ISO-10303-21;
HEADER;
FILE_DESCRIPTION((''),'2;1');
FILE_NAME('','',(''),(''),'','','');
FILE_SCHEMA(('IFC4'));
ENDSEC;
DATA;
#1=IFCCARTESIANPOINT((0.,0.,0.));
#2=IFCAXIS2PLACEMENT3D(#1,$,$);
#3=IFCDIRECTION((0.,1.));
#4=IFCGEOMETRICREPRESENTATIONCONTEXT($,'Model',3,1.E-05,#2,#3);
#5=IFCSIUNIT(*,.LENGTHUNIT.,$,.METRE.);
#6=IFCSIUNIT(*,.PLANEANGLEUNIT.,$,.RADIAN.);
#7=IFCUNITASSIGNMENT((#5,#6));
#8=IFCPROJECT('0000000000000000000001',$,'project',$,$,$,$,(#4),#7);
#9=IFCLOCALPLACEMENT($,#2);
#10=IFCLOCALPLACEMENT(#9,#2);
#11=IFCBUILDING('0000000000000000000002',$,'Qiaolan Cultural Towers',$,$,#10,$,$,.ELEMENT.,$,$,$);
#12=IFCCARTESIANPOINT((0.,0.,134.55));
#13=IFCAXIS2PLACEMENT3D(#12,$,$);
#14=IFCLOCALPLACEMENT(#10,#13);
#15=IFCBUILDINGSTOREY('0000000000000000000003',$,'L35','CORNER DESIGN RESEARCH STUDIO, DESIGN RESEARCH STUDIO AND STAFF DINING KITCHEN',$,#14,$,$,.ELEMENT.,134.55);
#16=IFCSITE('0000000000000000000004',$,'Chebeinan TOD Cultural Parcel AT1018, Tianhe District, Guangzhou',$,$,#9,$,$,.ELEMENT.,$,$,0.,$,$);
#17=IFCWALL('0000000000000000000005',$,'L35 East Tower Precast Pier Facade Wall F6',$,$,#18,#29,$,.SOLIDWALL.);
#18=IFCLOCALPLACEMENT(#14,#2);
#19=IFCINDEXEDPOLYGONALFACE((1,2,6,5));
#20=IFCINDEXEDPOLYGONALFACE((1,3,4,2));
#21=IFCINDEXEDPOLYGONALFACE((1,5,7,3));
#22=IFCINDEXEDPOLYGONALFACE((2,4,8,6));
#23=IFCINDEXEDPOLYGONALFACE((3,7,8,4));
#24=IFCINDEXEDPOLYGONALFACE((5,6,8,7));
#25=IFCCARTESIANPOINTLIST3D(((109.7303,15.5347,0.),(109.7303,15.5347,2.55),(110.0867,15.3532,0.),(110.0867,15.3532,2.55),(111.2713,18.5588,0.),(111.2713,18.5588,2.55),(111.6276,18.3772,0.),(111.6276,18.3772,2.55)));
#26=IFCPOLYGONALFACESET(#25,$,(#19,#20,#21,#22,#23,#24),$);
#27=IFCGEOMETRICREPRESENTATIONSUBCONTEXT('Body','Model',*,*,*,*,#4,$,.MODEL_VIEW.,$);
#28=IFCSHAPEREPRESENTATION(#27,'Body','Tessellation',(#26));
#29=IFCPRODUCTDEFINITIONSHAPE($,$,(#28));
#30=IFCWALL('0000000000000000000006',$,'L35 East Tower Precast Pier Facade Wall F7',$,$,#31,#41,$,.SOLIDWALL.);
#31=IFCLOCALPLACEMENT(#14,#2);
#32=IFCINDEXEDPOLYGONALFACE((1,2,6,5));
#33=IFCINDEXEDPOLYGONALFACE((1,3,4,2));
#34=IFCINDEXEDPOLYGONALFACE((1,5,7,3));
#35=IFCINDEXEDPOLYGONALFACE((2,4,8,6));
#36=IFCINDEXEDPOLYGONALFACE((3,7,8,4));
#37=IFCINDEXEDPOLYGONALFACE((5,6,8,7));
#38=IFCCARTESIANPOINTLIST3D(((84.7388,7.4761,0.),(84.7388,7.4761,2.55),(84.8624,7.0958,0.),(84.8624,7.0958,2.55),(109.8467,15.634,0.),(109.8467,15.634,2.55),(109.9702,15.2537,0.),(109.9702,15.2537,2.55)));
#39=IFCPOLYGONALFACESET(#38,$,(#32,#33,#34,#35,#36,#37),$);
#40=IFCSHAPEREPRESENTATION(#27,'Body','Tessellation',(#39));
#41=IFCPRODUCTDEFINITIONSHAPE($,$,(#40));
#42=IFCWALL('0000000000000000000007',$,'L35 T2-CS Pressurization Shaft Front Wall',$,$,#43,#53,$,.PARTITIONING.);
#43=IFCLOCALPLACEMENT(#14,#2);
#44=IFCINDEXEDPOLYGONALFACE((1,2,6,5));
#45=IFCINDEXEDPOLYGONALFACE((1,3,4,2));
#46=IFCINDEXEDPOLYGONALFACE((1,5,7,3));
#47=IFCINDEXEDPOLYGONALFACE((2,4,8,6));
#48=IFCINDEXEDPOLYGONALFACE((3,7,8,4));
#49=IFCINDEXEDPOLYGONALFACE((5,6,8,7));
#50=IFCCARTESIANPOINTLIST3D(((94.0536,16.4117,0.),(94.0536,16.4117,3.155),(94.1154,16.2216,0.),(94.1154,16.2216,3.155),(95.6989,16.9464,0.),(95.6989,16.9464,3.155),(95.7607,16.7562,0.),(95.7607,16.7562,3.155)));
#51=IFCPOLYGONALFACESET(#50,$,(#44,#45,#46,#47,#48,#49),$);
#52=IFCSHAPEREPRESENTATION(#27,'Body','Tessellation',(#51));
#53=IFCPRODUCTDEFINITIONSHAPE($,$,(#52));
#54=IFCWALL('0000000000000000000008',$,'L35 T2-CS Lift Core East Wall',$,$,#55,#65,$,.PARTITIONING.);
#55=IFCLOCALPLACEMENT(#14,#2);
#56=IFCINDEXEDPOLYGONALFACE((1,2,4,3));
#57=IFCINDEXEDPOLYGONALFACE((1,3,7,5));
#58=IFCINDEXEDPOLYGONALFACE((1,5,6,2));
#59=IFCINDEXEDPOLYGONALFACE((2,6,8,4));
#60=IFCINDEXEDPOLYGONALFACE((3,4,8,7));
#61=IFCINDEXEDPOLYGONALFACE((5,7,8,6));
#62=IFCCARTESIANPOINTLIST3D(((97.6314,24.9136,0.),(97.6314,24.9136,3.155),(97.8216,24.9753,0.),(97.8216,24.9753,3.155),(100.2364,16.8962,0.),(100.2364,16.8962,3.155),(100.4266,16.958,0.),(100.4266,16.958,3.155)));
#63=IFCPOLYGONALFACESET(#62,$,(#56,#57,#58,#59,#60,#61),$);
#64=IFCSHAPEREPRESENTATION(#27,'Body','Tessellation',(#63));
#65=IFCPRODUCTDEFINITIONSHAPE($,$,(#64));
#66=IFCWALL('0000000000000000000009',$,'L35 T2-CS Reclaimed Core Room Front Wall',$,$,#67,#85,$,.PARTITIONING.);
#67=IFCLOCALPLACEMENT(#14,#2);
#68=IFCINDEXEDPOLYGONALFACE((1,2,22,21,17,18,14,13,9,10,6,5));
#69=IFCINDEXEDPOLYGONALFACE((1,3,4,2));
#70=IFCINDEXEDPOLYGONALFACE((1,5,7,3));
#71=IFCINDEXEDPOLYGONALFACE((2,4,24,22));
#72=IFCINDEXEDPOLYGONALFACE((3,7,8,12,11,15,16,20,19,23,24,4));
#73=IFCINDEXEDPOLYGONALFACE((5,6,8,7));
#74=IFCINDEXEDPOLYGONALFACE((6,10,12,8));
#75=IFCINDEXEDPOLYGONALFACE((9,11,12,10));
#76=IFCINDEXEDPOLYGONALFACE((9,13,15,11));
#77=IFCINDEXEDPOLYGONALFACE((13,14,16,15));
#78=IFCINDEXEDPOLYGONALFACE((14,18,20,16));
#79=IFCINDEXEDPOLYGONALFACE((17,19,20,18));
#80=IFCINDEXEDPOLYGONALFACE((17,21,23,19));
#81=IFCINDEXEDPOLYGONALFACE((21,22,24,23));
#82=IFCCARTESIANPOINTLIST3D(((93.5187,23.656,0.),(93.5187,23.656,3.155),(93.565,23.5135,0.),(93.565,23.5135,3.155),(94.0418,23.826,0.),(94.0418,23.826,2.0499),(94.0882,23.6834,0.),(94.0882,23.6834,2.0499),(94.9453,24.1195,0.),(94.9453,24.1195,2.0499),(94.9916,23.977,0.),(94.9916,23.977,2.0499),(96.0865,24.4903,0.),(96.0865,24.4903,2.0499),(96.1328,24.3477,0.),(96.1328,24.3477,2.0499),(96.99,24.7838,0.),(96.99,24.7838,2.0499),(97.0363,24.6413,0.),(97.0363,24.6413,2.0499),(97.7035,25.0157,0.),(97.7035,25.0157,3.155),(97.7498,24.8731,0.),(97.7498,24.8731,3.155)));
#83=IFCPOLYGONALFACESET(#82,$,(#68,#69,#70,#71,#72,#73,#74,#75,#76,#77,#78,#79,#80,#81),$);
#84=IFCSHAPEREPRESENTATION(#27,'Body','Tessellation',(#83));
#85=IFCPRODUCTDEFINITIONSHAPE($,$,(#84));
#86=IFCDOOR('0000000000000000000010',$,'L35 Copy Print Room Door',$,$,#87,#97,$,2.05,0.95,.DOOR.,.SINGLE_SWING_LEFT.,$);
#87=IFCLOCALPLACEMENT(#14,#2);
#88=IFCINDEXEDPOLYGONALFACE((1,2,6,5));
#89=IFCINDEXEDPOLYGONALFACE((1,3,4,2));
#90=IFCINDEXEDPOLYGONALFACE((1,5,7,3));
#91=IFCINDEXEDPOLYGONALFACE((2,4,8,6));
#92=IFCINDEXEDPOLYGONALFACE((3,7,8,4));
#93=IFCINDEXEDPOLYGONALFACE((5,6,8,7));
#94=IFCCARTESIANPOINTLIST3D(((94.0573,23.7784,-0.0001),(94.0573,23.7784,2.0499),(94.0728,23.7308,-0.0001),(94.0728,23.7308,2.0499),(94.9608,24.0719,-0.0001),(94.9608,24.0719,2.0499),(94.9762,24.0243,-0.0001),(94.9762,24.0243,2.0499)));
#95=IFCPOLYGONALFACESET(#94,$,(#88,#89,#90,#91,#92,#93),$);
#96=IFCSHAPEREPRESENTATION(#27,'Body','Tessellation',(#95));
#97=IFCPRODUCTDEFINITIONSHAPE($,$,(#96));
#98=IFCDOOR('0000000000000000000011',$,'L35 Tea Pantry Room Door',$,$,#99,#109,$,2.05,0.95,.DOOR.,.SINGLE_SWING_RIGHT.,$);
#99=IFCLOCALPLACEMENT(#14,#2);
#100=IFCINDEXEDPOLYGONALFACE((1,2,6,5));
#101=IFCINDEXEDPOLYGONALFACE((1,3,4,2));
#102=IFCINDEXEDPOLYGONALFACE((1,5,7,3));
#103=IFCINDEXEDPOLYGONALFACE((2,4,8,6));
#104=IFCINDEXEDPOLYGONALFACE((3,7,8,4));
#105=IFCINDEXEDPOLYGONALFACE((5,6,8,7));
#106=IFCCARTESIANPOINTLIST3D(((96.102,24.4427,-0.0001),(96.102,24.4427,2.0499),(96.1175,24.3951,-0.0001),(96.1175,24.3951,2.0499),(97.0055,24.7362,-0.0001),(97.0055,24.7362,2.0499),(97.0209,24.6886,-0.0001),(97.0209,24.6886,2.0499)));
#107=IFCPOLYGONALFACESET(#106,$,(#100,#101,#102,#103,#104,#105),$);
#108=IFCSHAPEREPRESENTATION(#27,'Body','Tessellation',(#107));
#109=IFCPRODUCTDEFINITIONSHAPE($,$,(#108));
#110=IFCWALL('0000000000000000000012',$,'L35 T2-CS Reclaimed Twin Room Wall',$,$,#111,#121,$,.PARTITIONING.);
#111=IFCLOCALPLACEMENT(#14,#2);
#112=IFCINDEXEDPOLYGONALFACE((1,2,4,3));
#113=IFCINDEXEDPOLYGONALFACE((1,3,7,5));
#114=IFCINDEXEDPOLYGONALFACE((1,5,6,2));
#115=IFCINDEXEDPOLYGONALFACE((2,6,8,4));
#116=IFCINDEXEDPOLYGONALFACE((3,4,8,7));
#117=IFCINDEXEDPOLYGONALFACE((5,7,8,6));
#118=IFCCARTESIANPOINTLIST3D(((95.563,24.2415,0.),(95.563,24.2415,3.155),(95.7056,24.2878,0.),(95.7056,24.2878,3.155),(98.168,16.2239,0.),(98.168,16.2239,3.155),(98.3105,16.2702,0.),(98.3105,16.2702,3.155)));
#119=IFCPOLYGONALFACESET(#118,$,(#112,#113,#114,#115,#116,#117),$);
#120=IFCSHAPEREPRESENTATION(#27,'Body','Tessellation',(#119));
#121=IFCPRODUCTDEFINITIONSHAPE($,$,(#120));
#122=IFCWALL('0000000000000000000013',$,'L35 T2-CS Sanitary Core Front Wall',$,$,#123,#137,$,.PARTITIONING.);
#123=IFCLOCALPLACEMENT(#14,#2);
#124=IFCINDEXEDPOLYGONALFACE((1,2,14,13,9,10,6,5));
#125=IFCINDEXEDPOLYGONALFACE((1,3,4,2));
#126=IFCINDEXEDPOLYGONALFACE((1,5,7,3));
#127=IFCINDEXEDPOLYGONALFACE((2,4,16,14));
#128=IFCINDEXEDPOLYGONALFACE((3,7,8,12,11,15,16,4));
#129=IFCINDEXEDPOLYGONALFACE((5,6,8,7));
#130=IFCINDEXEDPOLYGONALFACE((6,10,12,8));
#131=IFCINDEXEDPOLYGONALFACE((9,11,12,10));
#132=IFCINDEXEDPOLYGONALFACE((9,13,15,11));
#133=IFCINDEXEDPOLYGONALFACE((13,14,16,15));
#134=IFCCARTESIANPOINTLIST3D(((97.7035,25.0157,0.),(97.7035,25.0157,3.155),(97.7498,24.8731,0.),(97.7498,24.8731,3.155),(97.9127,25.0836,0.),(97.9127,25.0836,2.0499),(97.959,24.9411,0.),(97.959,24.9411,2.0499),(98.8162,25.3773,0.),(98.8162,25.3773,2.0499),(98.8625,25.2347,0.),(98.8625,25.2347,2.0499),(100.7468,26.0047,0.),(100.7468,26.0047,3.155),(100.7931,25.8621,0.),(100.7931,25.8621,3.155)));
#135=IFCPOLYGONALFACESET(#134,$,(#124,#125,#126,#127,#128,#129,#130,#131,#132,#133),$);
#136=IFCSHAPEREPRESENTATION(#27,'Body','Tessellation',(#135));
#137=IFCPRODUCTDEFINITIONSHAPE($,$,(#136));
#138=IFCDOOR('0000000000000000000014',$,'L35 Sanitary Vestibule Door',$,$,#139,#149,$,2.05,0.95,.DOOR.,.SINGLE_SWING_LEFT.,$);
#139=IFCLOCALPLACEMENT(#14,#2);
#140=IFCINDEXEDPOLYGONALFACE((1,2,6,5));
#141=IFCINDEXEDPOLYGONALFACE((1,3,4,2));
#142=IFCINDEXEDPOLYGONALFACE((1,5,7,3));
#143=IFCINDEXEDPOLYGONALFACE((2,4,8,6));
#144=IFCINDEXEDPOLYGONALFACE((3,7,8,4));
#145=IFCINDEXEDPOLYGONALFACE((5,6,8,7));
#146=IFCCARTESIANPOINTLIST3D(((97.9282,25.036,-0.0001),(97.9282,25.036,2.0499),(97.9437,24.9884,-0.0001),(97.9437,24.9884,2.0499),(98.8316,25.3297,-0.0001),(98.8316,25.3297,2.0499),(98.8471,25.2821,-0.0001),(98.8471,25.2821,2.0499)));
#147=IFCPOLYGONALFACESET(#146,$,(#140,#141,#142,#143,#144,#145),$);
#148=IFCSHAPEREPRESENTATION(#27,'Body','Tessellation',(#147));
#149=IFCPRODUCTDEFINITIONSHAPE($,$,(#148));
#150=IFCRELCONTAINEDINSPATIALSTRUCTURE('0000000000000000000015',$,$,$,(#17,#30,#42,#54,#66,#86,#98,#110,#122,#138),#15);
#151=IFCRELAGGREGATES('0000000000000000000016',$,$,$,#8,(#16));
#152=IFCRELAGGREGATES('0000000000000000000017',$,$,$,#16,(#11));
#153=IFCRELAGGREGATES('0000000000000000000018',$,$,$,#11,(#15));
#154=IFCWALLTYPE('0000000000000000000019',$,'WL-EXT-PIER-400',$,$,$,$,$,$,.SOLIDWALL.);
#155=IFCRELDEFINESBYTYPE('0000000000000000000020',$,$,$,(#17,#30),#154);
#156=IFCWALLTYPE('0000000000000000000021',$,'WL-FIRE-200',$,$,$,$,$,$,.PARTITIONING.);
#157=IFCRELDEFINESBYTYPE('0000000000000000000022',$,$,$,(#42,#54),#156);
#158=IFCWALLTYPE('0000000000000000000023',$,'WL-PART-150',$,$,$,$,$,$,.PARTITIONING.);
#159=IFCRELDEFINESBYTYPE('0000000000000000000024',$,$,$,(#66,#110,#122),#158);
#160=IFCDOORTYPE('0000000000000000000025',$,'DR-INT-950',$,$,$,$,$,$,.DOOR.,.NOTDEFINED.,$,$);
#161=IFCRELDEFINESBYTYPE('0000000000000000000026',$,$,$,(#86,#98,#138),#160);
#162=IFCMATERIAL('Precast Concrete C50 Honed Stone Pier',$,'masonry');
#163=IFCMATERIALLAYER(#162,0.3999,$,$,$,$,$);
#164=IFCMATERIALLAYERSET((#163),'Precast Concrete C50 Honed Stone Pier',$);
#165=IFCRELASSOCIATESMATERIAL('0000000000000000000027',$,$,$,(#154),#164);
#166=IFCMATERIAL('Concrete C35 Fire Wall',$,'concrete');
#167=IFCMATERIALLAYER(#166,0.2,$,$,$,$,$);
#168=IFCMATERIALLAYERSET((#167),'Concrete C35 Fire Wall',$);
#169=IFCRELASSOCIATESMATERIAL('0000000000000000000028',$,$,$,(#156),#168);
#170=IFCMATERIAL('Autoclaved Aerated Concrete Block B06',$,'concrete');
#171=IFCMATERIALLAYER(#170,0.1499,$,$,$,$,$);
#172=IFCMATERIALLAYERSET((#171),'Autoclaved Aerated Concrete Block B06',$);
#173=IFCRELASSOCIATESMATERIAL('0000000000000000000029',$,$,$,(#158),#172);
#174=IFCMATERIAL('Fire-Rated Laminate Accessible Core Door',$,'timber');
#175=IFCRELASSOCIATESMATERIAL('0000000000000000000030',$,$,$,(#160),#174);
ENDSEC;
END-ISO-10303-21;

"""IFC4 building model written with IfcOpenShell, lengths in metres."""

from ifc_helpers import new_model, si_unit, direction, frame, frame_2d, origin, place, context, subcontext, project, spatial, rectangle, extrude, material, layer, layer_set, type_object, element, fill, save


model = new_model("IFC4")

# Units and contexts
model_context = context("Model", 3, precision=1e-05, world=origin(), true_north=direction((0.0, 1.0)))
body_context = subcontext(model_context, "Body", "Model", "MODEL_VIEW")
ifc_project = project(units=[si_unit("LENGTHUNIT", "METRE"), si_unit("PLANEANGLEUNIT", "RADIAN")], contexts=[model_context])

# Site, building, storey
site_placement = place(None, origin())
site = spatial("IfcSite", under=ifc_project, at=site_placement, Name="Chebeinan TOD Cultural Parcel AT1018, Tianhe District, Guangzhou", CompositionType="ELEMENT", RefElevation=0.0)
building_placement = place(site_placement, origin())
building = spatial("IfcBuilding", under=site, at=building_placement, Name="Qiaolan Cultural Towers", CompositionType="ELEMENT")
storey_placement = place(building_placement, frame((0.0, 0.0, 134.55)))
storey = spatial("IfcBuildingStorey", under=building, at=storey_placement, Name="L35", Description="CORNER DESIGN RESEARCH STUDIO, DESIGN RESEARCH STUDIO AND STAFF DINING KITCHEN", CompositionType="ELEMENT", Elevation=134.55)

# Walls
ifc_material_1 = material(Name="Precast Concrete C50 Honed Stone Pier", Category="masonry")
ifc_layer_1 = layer(ifc_material_1, 0.3999)
ifc_layer_set_1 = layer_set([ifc_layer_1], Name="Precast Concrete C50 Honed Stone Pier")
wall_type_1 = type_object("IfcWallType", Name="WL-EXT-PIER-400", PredefinedType="SOLIDWALL", material=ifc_layer_set_1)
wall_1_placement = place(storey_placement, frame((111.4495, 18.468, 0.0), z_axis=(0.0, 0.0, 1.0), x_axis=(-0.45402, -0.890992, 0.0)))
element("IfcWall", 1, at=wall_1_placement, inside=storey, type_object=wall_type_1, Name="L35 East Tower Precast Pier Facade Wall F6", PredefinedType="SOLIDWALL", context=body_context, shape_type="SweptSolid", body=[
    extrude(rectangle(XDim=3.394, YDim=0.3999, at=frame_2d((1.697, 0.0))), origin(), (0.0, 0.0, 1.0), 2.55),
])
wall_2_placement = place(storey_placement, frame((109.9084, 15.4438, 0.0), z_axis=(0.0, 0.0, 1.0), x_axis=(-0.951058, -0.309014, 0.0)))
element("IfcWall", 2, at=wall_2_placement, inside=storey, type_object=wall_type_1, Name="L35 East Tower Precast Pier Facade Wall F7", PredefinedType="SOLIDWALL", context=body_context, shape_type="SweptSolid", body=[
    extrude(rectangle(XDim=26.3999, YDim=0.3999, at=frame_2d((13.2, 0.0))), origin(), (0.0, 0.0, 1.0), 2.55),
])
ifc_material_2 = material(Name="Concrete C35 Fire Wall", Category="concrete")
ifc_layer_2 = layer(ifc_material_2, 0.2)
ifc_layer_set_2 = layer_set([ifc_layer_2], Name="Concrete C35 Fire Wall")
wall_type_2 = type_object("IfcWallType", Name="WL-FIRE-200", PredefinedType="PARTITIONING", material=ifc_layer_set_2)
wall_3_placement = place(storey_placement, frame((94.0845, 16.3167, 0.0), z_axis=(0.0, 0.0, 1.0), x_axis=(0.951041, 0.309064, 0.0)))
element("IfcWall", 3, at=wall_3_placement, inside=storey, type_object=wall_type_2, Name="L35 T2-CS Pressurization Shaft Front Wall", PredefinedType="PARTITIONING", context=body_context, shape_type="SweptSolid", body=[
    extrude(rectangle(XDim=1.73, YDim=0.2, at=frame_2d((0.865, 0.0))), origin(), (0.0, 0.0, 1.0), 3.155),
])
wall_4_placement = place(storey_placement, frame((97.7266, 24.9443, 0.0), z_axis=(0.0, 0.0, 1.0), x_axis=(0.309016, -0.951057, 0.0)))
element("IfcWall", 4, at=wall_4_placement, inside=storey, type_object=wall_type_2, Name="L35 T2-CS Lift Core East Wall", PredefinedType="PARTITIONING", context=body_context, shape_type="SweptSolid", body=[
    extrude(rectangle(XDim=8.4299, YDim=0.2, at=frame_2d((4.2148, 0.0))), origin(), (0.0, 0.0, 1.0), 3.155),
])

# Wall, openings, doors
ifc_material_3 = material(Name="Autoclaved Aerated Concrete Block B06", Category="concrete")
ifc_layer_3 = layer(ifc_material_3, 0.1499)
ifc_layer_set_3 = layer_set([ifc_layer_3], Name="Autoclaved Aerated Concrete Block B06")
wall_type_3 = type_object("IfcWallType", Name="WL-PART-150", PredefinedType="PARTITIONING", material=ifc_layer_set_3)
wall_5_placement = place(storey_placement, frame((93.5417, 23.5847, 0.0), z_axis=(0.0, 0.0, 1.0), x_axis=(0.951064, 0.308994, 0.0)))
wall_5 = element("IfcWall", 5, at=wall_5_placement, inside=storey, type_object=wall_type_3, Name="L35 T2-CS Reclaimed Core Room Front Wall", PredefinedType="PARTITIONING", context=body_context, shape_type="SweptSolid", body=[
    extrude(rectangle(XDim=4.4001, YDim=0.1499, at=frame_2d((2.2002, 0.0))), origin(), (0.0, 0.0, 1.0), 3.155),
])
opening_1_placement = place(wall_5_placement, frame((0.55, 0.0, 0.0)))
opening_1 = element("IfcOpeningElement", 6, at=opening_1_placement, cuts=wall_5, PredefinedType="OPENING", context=body_context, shape_type="SweptSolid", body=[
    extrude(rectangle(XDim=0.95, YDim=2.05, at=frame_2d((0.4751, 1.0249))), frame((0.0, 0.085, 0.0), z_axis=(0.0, -1.0, 0.0), x_axis=(1.0, 0.0, 0.0)), (0.0, 0.0, 1.0), 0.1699),
])
opening_2_placement = place(wall_5_placement, frame((2.7, 0.0, 0.0)))
opening_2 = element("IfcOpeningElement", 7, at=opening_2_placement, cuts=wall_5, PredefinedType="OPENING", context=body_context, shape_type="SweptSolid", body=[
    extrude(rectangle(XDim=0.95, YDim=2.05, at=frame_2d((0.4751, 1.0249))), frame((0.0, 0.085, 0.0), z_axis=(0.0, -1.0, 0.0), x_axis=(1.0, 0.0, 0.0)), (0.0, 0.0, 1.0), 0.1699),
])
ifc_material_4 = material(Name="Fire-Rated Laminate Accessible Core Door", Category="timber")
door_type_1 = type_object("IfcDoorType", Name="DR-INT-950", OperationType="NOTDEFINED", PredefinedType="DOOR", material=ifc_material_4)
door_1_placement = place(opening_1_placement, origin())
door_1 = element("IfcDoor", 8, at=door_1_placement, inside=storey, type_object=door_type_1, Name="L35 Copy Print Room Door", OperationType="SINGLE_SWING_LEFT", OverallHeight=2.05, OverallWidth=0.95, PredefinedType="DOOR", context=body_context, shape_type="SweptSolid", body=[
    extrude(rectangle(XDim=0.95, YDim=2.05, at=frame_2d((0.4751, 1.0249))), frame((0.0, 0.0249, 0.0), z_axis=(0.0, -1.0, 0.0), x_axis=(1.0, 0.0, 0.0)), (0.0, 0.0, 1.0), 0.05),
])
fill(opening_1, door_1)
door_2_placement = place(opening_2_placement, origin())
door_2 = element("IfcDoor", 9, at=door_2_placement, inside=storey, type_object=door_type_1, Name="L35 Tea Pantry Room Door", OperationType="SINGLE_SWING_RIGHT", OverallHeight=2.05, OverallWidth=0.95, PredefinedType="DOOR", context=body_context, shape_type="SweptSolid", body=[
    extrude(rectangle(XDim=0.95, YDim=2.05, at=frame_2d((0.4751, 1.0249))), frame((0.0, 0.0249, 0.0), z_axis=(0.0, -1.0, 0.0), x_axis=(1.0, 0.0, 0.0)), (0.0, 0.0, 1.0), 0.05),
])
fill(opening_2, door_2)

# Wall
wall_6_placement = place(storey_placement, frame((95.6343, 24.2646, 0.0), z_axis=(0.0, 0.0, 1.0), x_axis=(0.309007, -0.95106, 0.0)))
element("IfcWall", 10, at=wall_6_placement, inside=storey, type_object=wall_type_3, Name="L35 T2-CS Reclaimed Twin Room Wall", PredefinedType="PARTITIONING", context=body_context, shape_type="SweptSolid", body=[
    extrude(rectangle(XDim=8.4302, YDim=0.1499, at=frame_2d((4.2151, 0.0))), origin(), (0.0, 0.0, 1.0), 3.155),
])

# Wall, opening, door
wall_7_placement = place(storey_placement, frame((97.7266, 24.9443, 0.0), z_axis=(0.0, 0.0, 1.0), x_axis=(0.951037, 0.309077, 0.0)))
wall_7 = element("IfcWall", 11, at=wall_7_placement, inside=storey, type_object=wall_type_3, Name="L35 T2-CS Sanitary Core Front Wall", PredefinedType="PARTITIONING", context=body_context, shape_type="SweptSolid", body=[
    extrude(rectangle(XDim=3.2, YDim=0.1499, at=frame_2d((1.6001, 0.0))), origin(), (0.0, 0.0, 1.0), 3.155),
])
opening_3_placement = place(wall_7_placement, frame((0.22, 0.0, 0.0)))
opening_3 = element("IfcOpeningElement", 12, at=opening_3_placement, cuts=wall_7, PredefinedType="OPENING", context=body_context, shape_type="SweptSolid", body=[
    extrude(rectangle(XDim=0.95, YDim=2.05, at=frame_2d((0.4751, 1.0249))), frame((0.0, 0.085, 0.0), z_axis=(0.0, -1.0, 0.0), x_axis=(1.0, 0.0, 0.0)), (0.0, 0.0, 1.0), 0.1699),
])
door_3_placement = place(opening_3_placement, origin())
door_3 = element("IfcDoor", 13, at=door_3_placement, inside=storey, type_object=door_type_1, Name="L35 Sanitary Vestibule Door", OperationType="SINGLE_SWING_LEFT", OverallHeight=2.05, OverallWidth=0.95, PredefinedType="DOOR", context=body_context, shape_type="SweptSolid", body=[
    extrude(rectangle(XDim=0.95, YDim=2.05, at=frame_2d((0.4751, 1.0249))), frame((0.0, 0.0249, 0.0), z_axis=(0.0, -1.0, 0.0), x_axis=(1.0, 0.0, 0.0)), (0.0, 0.0, 1.0), 0.05),
])
fill(opening_3, door_3)

save(model, "model.ifc")
